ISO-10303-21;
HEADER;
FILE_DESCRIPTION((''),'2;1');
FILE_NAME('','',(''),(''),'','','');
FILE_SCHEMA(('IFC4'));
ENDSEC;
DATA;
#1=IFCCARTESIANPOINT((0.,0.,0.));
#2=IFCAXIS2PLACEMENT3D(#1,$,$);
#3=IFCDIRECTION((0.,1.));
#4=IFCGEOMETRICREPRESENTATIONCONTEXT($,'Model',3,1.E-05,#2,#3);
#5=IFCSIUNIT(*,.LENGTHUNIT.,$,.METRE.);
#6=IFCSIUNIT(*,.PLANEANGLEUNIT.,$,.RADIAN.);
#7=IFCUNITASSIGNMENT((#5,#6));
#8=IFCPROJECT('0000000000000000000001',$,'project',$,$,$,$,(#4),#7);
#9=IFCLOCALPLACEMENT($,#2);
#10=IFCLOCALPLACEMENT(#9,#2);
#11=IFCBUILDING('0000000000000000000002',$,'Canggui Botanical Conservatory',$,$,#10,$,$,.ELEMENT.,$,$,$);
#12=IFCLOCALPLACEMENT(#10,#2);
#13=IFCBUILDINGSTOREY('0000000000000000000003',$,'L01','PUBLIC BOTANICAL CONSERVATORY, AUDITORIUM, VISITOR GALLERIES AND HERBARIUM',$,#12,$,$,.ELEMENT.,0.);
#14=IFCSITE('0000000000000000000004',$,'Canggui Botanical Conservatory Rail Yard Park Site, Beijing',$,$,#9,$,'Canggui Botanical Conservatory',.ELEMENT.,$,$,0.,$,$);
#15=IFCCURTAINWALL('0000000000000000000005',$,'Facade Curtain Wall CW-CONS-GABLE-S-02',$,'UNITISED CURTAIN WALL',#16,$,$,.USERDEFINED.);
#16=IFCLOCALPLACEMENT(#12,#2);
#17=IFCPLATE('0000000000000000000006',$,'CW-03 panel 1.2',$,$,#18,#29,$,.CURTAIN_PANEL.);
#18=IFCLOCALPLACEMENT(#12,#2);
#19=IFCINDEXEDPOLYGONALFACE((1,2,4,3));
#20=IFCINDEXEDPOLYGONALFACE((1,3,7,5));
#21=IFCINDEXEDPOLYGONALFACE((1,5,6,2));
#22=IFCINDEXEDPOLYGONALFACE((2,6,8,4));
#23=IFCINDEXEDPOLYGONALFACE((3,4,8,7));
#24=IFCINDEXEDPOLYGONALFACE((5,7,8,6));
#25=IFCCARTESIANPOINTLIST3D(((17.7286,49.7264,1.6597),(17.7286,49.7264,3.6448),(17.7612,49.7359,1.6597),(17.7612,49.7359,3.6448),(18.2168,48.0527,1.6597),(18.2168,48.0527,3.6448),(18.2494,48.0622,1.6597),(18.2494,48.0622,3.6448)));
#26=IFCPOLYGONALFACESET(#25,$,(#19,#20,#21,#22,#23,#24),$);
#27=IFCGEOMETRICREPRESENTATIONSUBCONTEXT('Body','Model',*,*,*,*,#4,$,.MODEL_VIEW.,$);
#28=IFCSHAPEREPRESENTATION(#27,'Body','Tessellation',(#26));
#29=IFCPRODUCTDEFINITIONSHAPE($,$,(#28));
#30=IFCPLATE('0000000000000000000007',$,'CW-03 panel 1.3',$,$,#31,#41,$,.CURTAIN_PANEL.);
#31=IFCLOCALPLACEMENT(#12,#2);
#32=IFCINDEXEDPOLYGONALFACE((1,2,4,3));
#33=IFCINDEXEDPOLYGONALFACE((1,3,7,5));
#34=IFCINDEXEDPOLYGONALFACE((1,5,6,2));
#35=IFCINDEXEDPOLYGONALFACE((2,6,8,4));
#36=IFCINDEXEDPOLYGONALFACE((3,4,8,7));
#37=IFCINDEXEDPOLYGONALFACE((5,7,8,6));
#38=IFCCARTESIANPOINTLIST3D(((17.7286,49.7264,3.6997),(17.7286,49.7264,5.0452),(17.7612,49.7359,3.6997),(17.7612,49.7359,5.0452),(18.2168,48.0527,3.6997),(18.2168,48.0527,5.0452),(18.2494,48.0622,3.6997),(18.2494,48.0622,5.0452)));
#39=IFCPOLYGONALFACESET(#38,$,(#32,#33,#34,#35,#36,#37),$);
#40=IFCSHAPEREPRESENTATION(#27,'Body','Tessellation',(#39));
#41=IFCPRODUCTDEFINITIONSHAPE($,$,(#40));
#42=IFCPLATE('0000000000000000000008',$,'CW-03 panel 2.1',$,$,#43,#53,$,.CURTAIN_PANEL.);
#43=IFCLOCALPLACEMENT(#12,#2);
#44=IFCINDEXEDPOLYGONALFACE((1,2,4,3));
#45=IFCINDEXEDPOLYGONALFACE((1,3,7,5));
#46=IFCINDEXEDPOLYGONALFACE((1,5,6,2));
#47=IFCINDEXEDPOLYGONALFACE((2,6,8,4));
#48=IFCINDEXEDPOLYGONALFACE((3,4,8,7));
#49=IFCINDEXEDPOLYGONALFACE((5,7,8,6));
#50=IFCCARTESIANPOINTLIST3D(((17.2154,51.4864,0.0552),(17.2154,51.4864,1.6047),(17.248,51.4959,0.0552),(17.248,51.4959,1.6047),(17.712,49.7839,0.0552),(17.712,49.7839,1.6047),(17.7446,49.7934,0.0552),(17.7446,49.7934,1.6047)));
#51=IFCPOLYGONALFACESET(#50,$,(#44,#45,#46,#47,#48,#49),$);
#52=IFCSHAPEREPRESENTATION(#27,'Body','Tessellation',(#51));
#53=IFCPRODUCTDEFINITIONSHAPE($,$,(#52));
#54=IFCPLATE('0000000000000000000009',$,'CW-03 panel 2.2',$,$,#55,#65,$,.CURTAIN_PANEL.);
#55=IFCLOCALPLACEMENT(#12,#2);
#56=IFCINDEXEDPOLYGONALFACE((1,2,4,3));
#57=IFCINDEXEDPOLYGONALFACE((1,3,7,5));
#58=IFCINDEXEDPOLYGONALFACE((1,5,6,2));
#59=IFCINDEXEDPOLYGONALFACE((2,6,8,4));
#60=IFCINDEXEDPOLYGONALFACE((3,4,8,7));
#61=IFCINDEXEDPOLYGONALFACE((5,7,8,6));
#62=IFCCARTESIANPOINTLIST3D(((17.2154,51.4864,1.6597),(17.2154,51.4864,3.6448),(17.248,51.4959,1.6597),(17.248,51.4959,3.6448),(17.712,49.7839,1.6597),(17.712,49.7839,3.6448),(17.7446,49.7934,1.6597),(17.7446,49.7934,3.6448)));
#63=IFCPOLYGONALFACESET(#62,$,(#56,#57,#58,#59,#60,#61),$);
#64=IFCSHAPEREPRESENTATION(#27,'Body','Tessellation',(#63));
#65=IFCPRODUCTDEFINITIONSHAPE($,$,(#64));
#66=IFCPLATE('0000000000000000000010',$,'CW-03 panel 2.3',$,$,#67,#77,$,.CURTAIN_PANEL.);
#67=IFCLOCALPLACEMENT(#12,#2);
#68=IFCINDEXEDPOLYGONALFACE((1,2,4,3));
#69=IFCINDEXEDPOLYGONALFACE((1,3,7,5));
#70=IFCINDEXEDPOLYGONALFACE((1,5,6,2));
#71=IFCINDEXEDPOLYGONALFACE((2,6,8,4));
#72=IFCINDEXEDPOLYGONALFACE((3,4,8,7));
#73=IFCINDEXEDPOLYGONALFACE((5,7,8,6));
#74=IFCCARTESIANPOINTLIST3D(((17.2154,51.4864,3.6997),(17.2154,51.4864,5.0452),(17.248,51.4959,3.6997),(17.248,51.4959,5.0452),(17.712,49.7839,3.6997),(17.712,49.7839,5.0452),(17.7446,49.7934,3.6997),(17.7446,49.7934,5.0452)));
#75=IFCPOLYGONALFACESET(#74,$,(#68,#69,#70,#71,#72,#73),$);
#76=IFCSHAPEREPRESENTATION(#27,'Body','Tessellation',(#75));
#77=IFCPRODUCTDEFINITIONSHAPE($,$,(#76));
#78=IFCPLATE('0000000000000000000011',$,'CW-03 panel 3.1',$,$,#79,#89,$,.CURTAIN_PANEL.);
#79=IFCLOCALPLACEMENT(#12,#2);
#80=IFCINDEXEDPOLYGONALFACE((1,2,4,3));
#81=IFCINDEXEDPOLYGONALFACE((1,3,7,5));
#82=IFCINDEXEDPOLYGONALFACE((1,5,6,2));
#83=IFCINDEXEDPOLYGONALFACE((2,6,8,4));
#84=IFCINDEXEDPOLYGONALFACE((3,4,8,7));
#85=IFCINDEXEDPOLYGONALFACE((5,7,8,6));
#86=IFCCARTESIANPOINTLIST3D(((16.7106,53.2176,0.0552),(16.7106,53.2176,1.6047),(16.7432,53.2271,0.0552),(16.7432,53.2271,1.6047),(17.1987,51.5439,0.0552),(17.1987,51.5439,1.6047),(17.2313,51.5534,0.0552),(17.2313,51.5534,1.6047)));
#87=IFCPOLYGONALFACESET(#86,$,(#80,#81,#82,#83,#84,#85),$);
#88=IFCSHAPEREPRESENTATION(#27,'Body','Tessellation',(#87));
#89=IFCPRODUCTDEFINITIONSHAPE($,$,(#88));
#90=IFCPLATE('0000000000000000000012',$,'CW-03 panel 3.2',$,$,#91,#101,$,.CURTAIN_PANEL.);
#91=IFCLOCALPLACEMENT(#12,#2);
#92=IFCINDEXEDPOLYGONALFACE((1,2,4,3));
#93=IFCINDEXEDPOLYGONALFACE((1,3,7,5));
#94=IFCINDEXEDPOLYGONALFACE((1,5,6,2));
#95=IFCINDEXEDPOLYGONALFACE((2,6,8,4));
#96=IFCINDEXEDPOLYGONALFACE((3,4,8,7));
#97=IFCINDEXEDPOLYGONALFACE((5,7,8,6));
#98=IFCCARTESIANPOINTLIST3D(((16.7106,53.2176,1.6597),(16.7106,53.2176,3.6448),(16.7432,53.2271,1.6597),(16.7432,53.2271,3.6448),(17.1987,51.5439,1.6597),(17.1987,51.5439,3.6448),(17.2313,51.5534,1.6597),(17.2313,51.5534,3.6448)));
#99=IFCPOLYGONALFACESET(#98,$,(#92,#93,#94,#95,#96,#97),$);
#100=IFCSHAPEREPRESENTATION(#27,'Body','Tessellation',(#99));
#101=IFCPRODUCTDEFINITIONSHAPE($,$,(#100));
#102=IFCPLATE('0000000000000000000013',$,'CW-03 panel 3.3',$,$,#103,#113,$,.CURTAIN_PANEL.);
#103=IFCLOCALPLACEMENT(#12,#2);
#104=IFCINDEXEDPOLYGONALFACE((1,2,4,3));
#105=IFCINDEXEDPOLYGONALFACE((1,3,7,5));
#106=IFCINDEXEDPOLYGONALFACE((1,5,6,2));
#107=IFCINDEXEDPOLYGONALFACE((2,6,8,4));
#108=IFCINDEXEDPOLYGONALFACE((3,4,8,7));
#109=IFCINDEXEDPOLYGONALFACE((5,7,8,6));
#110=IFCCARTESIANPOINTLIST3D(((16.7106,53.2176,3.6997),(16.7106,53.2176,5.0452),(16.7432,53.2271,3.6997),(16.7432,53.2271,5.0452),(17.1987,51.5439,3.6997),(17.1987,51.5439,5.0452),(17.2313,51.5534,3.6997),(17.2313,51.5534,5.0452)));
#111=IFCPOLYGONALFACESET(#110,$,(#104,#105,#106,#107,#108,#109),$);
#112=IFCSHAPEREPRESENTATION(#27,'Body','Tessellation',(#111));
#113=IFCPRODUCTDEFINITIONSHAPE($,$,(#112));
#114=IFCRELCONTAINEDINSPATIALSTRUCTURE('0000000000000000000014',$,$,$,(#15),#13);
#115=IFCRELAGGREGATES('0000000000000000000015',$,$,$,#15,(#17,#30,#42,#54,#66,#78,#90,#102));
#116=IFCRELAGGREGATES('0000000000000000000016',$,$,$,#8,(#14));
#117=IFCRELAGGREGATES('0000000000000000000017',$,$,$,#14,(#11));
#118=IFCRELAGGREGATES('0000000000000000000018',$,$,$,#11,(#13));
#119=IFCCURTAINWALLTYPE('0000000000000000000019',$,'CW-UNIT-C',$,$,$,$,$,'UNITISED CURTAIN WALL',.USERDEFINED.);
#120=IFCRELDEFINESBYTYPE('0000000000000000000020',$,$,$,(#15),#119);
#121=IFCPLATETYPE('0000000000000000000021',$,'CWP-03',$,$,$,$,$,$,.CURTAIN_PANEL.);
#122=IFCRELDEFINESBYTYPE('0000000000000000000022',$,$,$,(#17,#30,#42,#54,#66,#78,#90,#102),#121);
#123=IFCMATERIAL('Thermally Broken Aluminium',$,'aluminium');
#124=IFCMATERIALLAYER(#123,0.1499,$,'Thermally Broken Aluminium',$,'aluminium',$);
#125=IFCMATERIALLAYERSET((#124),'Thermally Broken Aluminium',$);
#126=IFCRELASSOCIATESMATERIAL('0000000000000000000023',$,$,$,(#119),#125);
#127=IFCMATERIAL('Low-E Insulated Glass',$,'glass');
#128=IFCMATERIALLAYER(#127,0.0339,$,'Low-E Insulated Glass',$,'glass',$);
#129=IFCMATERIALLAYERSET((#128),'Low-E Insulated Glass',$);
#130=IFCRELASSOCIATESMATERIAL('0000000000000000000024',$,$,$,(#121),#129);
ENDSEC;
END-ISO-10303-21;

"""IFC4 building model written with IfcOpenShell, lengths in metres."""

from ifc_helpers import new_model, si_unit, direction, frame, origin, origin_2d, place, context, subcontext, project, spatial, rectangle, extrude, material, layer, layer_set, type_object, element, aggregate, save


model = new_model("IFC4")

# Units and contexts
model_context = context("Model", 3, precision=1e-05, world=origin(), true_north=direction((0.0, 1.0)))
body_context = subcontext(model_context, "Body", "Model", "MODEL_VIEW")
ifc_project = project(units=[si_unit("LENGTHUNIT", "METRE"), si_unit("PLANEANGLEUNIT", "RADIAN")], contexts=[model_context])

# Site, building, storey
site_placement = place(None, origin())
site = spatial("IfcSite", under=ifc_project, at=site_placement, Name="Canggui Botanical Conservatory Rail Yard Park Site, Beijing", LongName="Canggui Botanical Conservatory", CompositionType="ELEMENT", RefElevation=0.0)
building_placement = place(site_placement, origin())
building = spatial("IfcBuilding", under=site, at=building_placement, Name="Canggui Botanical Conservatory", CompositionType="ELEMENT")
storey_placement = place(building_placement, origin())
storey = spatial("IfcBuildingStorey", under=building, at=storey_placement, Name="L01", Description="PUBLIC BOTANICAL CONSERVATORY, AUDITORIUM, VISITOR GALLERIES AND HERBARIUM", CompositionType="ELEMENT", Elevation=0.0)

# Curtain wall, plates
ifc_material_1 = material(Name="Thermally Broken Aluminium", Category="aluminium")
ifc_layer_1 = layer(ifc_material_1, 0.1499, Name="Thermally Broken Aluminium", Category="aluminium")
ifc_layer_set_1 = layer_set([ifc_layer_1], Name="Thermally Broken Aluminium")
curtain_wall_type = type_object("IfcCurtainWallType", Name="CW-UNIT-C", ElementType="UNITISED CURTAIN WALL", PredefinedType="USERDEFINED", material=ifc_layer_set_1)
curtain_wall_placement = place(storey_placement, origin())
curtain_wall = element("IfcCurtainWall", 1, at=curtain_wall_placement, inside=storey, type_object=curtain_wall_type, Name="Facade Curtain Wall CW-CONS-GABLE-S-02", ObjectType="UNITISED CURTAIN WALL", PredefinedType="USERDEFINED")
ifc_material_2 = material(Name="Low-E Insulated Glass", Category="glass")
ifc_layer_2 = layer(ifc_material_2, 0.0339, Name="Low-E Insulated Glass", Category="glass")
ifc_layer_set_2 = layer_set([ifc_layer_2], Name="Low-E Insulated Glass")
plate_type = type_object("IfcPlateType", Name="CWP-03", PredefinedType="CURTAIN_PANEL", material=ifc_layer_set_2)
plate_1_placement = place(storey_placement, frame((17.989, 48.8943, 1.6597), z_axis=(0.0, 0.0, 1.0), x_axis=(-0.28, 0.96, 0.0)))
plate_1 = element("IfcPlate", 2, at=plate_1_placement, type_object=plate_type, Name="CW-03 panel 1.2", PredefinedType="CURTAIN_PANEL", context=body_context, shape_type="SweptSolid", body=[
    extrude(rectangle(XDim=1.7434, YDim=0.0339, at=origin_2d()), origin(), (0.0, 0.0, 1.0), 1.9851),
])
plate_2_placement = place(storey_placement, frame((17.989, 48.8943, 3.6997), z_axis=(0.0, 0.0, 1.0), x_axis=(-0.28, 0.96, 0.0)))
plate_2 = element("IfcPlate", 3, at=plate_2_placement, type_object=plate_type, Name="CW-03 panel 1.3", PredefinedType="CURTAIN_PANEL", context=body_context, shape_type="SweptSolid", body=[
    extrude(rectangle(XDim=1.7434, YDim=0.0339, at=origin_2d()), origin(), (0.0, 0.0, 1.0), 1.3455),
])
plate_3_placement = place(storey_placement, frame((17.48, 50.6399, 0.0552), z_axis=(0.0, 0.0, 1.0), x_axis=(-0.28, 0.96, 0.0)))
plate_3 = element("IfcPlate", 4, at=plate_3_placement, type_object=plate_type, Name="CW-03 panel 2.1", PredefinedType="CURTAIN_PANEL", context=body_context, shape_type="SweptSolid", body=[
    extrude(rectangle(XDim=1.7734, YDim=0.0339, at=origin_2d()), origin(), (0.0, 0.0, 1.0), 1.5496),
])
plate_4_placement = place(storey_placement, frame((17.48, 50.6399, 1.6597), z_axis=(0.0, 0.0, 1.0), x_axis=(-0.28, 0.96, 0.0)))
plate_4 = element("IfcPlate", 5, at=plate_4_placement, type_object=plate_type, Name="CW-03 panel 2.2", PredefinedType="CURTAIN_PANEL", context=body_context, shape_type="SweptSolid", body=[
    extrude(rectangle(XDim=1.7734, YDim=0.0339, at=origin_2d()), origin(), (0.0, 0.0, 1.0), 1.9851),
])
plate_5_placement = place(storey_placement, frame((17.48, 50.6399, 3.6997), z_axis=(0.0, 0.0, 1.0), x_axis=(-0.28, 0.96, 0.0)))
plate_5 = element("IfcPlate", 6, at=plate_5_placement, type_object=plate_type, Name="CW-03 panel 2.3", PredefinedType="CURTAIN_PANEL", context=body_context, shape_type="SweptSolid", body=[
    extrude(rectangle(XDim=1.7734, YDim=0.0339, at=origin_2d()), origin(), (0.0, 0.0, 1.0), 1.3455),
])
plate_6_placement = place(storey_placement, frame((16.9709, 52.3855, 0.0552), z_axis=(0.0, 0.0, 1.0), x_axis=(-0.28, 0.96, 0.0)))
plate_6 = element("IfcPlate", 7, at=plate_6_placement, type_object=plate_type, Name="CW-03 panel 3.1", PredefinedType="CURTAIN_PANEL", context=body_context, shape_type="SweptSolid", body=[
    extrude(rectangle(XDim=1.7434, YDim=0.0339, at=origin_2d()), origin(), (0.0, 0.0, 1.0), 1.5496),
])
plate_7_placement = place(storey_placement, frame((16.9709, 52.3855, 1.6597), z_axis=(0.0, 0.0, 1.0), x_axis=(-0.28, 0.96, 0.0)))
plate_7 = element("IfcPlate", 8, at=plate_7_placement, type_object=plate_type, Name="CW-03 panel 3.2", PredefinedType="CURTAIN_PANEL", context=body_context, shape_type="SweptSolid", body=[
    extrude(rectangle(XDim=1.7434, YDim=0.0339, at=origin_2d()), origin(), (0.0, 0.0, 1.0), 1.9851),
])
plate_8_placement = place(storey_placement, frame((16.9709, 52.3855, 3.6997), z_axis=(0.0, 0.0, 1.0), x_axis=(-0.28, 0.96, 0.0)))
plate_8 = element("IfcPlate", 9, at=plate_8_placement, type_object=plate_type, Name="CW-03 panel 3.3", PredefinedType="CURTAIN_PANEL", context=body_context, shape_type="SweptSolid", body=[
    extrude(rectangle(XDim=1.7434, YDim=0.0339, at=origin_2d()), origin(), (0.0, 0.0, 1.0), 1.3455),
])
aggregate(curtain_wall, [plate_1, plate_2, plate_3, plate_4, plate_5, plate_6, plate_7, plate_8])

save(model, "model.ifc")
